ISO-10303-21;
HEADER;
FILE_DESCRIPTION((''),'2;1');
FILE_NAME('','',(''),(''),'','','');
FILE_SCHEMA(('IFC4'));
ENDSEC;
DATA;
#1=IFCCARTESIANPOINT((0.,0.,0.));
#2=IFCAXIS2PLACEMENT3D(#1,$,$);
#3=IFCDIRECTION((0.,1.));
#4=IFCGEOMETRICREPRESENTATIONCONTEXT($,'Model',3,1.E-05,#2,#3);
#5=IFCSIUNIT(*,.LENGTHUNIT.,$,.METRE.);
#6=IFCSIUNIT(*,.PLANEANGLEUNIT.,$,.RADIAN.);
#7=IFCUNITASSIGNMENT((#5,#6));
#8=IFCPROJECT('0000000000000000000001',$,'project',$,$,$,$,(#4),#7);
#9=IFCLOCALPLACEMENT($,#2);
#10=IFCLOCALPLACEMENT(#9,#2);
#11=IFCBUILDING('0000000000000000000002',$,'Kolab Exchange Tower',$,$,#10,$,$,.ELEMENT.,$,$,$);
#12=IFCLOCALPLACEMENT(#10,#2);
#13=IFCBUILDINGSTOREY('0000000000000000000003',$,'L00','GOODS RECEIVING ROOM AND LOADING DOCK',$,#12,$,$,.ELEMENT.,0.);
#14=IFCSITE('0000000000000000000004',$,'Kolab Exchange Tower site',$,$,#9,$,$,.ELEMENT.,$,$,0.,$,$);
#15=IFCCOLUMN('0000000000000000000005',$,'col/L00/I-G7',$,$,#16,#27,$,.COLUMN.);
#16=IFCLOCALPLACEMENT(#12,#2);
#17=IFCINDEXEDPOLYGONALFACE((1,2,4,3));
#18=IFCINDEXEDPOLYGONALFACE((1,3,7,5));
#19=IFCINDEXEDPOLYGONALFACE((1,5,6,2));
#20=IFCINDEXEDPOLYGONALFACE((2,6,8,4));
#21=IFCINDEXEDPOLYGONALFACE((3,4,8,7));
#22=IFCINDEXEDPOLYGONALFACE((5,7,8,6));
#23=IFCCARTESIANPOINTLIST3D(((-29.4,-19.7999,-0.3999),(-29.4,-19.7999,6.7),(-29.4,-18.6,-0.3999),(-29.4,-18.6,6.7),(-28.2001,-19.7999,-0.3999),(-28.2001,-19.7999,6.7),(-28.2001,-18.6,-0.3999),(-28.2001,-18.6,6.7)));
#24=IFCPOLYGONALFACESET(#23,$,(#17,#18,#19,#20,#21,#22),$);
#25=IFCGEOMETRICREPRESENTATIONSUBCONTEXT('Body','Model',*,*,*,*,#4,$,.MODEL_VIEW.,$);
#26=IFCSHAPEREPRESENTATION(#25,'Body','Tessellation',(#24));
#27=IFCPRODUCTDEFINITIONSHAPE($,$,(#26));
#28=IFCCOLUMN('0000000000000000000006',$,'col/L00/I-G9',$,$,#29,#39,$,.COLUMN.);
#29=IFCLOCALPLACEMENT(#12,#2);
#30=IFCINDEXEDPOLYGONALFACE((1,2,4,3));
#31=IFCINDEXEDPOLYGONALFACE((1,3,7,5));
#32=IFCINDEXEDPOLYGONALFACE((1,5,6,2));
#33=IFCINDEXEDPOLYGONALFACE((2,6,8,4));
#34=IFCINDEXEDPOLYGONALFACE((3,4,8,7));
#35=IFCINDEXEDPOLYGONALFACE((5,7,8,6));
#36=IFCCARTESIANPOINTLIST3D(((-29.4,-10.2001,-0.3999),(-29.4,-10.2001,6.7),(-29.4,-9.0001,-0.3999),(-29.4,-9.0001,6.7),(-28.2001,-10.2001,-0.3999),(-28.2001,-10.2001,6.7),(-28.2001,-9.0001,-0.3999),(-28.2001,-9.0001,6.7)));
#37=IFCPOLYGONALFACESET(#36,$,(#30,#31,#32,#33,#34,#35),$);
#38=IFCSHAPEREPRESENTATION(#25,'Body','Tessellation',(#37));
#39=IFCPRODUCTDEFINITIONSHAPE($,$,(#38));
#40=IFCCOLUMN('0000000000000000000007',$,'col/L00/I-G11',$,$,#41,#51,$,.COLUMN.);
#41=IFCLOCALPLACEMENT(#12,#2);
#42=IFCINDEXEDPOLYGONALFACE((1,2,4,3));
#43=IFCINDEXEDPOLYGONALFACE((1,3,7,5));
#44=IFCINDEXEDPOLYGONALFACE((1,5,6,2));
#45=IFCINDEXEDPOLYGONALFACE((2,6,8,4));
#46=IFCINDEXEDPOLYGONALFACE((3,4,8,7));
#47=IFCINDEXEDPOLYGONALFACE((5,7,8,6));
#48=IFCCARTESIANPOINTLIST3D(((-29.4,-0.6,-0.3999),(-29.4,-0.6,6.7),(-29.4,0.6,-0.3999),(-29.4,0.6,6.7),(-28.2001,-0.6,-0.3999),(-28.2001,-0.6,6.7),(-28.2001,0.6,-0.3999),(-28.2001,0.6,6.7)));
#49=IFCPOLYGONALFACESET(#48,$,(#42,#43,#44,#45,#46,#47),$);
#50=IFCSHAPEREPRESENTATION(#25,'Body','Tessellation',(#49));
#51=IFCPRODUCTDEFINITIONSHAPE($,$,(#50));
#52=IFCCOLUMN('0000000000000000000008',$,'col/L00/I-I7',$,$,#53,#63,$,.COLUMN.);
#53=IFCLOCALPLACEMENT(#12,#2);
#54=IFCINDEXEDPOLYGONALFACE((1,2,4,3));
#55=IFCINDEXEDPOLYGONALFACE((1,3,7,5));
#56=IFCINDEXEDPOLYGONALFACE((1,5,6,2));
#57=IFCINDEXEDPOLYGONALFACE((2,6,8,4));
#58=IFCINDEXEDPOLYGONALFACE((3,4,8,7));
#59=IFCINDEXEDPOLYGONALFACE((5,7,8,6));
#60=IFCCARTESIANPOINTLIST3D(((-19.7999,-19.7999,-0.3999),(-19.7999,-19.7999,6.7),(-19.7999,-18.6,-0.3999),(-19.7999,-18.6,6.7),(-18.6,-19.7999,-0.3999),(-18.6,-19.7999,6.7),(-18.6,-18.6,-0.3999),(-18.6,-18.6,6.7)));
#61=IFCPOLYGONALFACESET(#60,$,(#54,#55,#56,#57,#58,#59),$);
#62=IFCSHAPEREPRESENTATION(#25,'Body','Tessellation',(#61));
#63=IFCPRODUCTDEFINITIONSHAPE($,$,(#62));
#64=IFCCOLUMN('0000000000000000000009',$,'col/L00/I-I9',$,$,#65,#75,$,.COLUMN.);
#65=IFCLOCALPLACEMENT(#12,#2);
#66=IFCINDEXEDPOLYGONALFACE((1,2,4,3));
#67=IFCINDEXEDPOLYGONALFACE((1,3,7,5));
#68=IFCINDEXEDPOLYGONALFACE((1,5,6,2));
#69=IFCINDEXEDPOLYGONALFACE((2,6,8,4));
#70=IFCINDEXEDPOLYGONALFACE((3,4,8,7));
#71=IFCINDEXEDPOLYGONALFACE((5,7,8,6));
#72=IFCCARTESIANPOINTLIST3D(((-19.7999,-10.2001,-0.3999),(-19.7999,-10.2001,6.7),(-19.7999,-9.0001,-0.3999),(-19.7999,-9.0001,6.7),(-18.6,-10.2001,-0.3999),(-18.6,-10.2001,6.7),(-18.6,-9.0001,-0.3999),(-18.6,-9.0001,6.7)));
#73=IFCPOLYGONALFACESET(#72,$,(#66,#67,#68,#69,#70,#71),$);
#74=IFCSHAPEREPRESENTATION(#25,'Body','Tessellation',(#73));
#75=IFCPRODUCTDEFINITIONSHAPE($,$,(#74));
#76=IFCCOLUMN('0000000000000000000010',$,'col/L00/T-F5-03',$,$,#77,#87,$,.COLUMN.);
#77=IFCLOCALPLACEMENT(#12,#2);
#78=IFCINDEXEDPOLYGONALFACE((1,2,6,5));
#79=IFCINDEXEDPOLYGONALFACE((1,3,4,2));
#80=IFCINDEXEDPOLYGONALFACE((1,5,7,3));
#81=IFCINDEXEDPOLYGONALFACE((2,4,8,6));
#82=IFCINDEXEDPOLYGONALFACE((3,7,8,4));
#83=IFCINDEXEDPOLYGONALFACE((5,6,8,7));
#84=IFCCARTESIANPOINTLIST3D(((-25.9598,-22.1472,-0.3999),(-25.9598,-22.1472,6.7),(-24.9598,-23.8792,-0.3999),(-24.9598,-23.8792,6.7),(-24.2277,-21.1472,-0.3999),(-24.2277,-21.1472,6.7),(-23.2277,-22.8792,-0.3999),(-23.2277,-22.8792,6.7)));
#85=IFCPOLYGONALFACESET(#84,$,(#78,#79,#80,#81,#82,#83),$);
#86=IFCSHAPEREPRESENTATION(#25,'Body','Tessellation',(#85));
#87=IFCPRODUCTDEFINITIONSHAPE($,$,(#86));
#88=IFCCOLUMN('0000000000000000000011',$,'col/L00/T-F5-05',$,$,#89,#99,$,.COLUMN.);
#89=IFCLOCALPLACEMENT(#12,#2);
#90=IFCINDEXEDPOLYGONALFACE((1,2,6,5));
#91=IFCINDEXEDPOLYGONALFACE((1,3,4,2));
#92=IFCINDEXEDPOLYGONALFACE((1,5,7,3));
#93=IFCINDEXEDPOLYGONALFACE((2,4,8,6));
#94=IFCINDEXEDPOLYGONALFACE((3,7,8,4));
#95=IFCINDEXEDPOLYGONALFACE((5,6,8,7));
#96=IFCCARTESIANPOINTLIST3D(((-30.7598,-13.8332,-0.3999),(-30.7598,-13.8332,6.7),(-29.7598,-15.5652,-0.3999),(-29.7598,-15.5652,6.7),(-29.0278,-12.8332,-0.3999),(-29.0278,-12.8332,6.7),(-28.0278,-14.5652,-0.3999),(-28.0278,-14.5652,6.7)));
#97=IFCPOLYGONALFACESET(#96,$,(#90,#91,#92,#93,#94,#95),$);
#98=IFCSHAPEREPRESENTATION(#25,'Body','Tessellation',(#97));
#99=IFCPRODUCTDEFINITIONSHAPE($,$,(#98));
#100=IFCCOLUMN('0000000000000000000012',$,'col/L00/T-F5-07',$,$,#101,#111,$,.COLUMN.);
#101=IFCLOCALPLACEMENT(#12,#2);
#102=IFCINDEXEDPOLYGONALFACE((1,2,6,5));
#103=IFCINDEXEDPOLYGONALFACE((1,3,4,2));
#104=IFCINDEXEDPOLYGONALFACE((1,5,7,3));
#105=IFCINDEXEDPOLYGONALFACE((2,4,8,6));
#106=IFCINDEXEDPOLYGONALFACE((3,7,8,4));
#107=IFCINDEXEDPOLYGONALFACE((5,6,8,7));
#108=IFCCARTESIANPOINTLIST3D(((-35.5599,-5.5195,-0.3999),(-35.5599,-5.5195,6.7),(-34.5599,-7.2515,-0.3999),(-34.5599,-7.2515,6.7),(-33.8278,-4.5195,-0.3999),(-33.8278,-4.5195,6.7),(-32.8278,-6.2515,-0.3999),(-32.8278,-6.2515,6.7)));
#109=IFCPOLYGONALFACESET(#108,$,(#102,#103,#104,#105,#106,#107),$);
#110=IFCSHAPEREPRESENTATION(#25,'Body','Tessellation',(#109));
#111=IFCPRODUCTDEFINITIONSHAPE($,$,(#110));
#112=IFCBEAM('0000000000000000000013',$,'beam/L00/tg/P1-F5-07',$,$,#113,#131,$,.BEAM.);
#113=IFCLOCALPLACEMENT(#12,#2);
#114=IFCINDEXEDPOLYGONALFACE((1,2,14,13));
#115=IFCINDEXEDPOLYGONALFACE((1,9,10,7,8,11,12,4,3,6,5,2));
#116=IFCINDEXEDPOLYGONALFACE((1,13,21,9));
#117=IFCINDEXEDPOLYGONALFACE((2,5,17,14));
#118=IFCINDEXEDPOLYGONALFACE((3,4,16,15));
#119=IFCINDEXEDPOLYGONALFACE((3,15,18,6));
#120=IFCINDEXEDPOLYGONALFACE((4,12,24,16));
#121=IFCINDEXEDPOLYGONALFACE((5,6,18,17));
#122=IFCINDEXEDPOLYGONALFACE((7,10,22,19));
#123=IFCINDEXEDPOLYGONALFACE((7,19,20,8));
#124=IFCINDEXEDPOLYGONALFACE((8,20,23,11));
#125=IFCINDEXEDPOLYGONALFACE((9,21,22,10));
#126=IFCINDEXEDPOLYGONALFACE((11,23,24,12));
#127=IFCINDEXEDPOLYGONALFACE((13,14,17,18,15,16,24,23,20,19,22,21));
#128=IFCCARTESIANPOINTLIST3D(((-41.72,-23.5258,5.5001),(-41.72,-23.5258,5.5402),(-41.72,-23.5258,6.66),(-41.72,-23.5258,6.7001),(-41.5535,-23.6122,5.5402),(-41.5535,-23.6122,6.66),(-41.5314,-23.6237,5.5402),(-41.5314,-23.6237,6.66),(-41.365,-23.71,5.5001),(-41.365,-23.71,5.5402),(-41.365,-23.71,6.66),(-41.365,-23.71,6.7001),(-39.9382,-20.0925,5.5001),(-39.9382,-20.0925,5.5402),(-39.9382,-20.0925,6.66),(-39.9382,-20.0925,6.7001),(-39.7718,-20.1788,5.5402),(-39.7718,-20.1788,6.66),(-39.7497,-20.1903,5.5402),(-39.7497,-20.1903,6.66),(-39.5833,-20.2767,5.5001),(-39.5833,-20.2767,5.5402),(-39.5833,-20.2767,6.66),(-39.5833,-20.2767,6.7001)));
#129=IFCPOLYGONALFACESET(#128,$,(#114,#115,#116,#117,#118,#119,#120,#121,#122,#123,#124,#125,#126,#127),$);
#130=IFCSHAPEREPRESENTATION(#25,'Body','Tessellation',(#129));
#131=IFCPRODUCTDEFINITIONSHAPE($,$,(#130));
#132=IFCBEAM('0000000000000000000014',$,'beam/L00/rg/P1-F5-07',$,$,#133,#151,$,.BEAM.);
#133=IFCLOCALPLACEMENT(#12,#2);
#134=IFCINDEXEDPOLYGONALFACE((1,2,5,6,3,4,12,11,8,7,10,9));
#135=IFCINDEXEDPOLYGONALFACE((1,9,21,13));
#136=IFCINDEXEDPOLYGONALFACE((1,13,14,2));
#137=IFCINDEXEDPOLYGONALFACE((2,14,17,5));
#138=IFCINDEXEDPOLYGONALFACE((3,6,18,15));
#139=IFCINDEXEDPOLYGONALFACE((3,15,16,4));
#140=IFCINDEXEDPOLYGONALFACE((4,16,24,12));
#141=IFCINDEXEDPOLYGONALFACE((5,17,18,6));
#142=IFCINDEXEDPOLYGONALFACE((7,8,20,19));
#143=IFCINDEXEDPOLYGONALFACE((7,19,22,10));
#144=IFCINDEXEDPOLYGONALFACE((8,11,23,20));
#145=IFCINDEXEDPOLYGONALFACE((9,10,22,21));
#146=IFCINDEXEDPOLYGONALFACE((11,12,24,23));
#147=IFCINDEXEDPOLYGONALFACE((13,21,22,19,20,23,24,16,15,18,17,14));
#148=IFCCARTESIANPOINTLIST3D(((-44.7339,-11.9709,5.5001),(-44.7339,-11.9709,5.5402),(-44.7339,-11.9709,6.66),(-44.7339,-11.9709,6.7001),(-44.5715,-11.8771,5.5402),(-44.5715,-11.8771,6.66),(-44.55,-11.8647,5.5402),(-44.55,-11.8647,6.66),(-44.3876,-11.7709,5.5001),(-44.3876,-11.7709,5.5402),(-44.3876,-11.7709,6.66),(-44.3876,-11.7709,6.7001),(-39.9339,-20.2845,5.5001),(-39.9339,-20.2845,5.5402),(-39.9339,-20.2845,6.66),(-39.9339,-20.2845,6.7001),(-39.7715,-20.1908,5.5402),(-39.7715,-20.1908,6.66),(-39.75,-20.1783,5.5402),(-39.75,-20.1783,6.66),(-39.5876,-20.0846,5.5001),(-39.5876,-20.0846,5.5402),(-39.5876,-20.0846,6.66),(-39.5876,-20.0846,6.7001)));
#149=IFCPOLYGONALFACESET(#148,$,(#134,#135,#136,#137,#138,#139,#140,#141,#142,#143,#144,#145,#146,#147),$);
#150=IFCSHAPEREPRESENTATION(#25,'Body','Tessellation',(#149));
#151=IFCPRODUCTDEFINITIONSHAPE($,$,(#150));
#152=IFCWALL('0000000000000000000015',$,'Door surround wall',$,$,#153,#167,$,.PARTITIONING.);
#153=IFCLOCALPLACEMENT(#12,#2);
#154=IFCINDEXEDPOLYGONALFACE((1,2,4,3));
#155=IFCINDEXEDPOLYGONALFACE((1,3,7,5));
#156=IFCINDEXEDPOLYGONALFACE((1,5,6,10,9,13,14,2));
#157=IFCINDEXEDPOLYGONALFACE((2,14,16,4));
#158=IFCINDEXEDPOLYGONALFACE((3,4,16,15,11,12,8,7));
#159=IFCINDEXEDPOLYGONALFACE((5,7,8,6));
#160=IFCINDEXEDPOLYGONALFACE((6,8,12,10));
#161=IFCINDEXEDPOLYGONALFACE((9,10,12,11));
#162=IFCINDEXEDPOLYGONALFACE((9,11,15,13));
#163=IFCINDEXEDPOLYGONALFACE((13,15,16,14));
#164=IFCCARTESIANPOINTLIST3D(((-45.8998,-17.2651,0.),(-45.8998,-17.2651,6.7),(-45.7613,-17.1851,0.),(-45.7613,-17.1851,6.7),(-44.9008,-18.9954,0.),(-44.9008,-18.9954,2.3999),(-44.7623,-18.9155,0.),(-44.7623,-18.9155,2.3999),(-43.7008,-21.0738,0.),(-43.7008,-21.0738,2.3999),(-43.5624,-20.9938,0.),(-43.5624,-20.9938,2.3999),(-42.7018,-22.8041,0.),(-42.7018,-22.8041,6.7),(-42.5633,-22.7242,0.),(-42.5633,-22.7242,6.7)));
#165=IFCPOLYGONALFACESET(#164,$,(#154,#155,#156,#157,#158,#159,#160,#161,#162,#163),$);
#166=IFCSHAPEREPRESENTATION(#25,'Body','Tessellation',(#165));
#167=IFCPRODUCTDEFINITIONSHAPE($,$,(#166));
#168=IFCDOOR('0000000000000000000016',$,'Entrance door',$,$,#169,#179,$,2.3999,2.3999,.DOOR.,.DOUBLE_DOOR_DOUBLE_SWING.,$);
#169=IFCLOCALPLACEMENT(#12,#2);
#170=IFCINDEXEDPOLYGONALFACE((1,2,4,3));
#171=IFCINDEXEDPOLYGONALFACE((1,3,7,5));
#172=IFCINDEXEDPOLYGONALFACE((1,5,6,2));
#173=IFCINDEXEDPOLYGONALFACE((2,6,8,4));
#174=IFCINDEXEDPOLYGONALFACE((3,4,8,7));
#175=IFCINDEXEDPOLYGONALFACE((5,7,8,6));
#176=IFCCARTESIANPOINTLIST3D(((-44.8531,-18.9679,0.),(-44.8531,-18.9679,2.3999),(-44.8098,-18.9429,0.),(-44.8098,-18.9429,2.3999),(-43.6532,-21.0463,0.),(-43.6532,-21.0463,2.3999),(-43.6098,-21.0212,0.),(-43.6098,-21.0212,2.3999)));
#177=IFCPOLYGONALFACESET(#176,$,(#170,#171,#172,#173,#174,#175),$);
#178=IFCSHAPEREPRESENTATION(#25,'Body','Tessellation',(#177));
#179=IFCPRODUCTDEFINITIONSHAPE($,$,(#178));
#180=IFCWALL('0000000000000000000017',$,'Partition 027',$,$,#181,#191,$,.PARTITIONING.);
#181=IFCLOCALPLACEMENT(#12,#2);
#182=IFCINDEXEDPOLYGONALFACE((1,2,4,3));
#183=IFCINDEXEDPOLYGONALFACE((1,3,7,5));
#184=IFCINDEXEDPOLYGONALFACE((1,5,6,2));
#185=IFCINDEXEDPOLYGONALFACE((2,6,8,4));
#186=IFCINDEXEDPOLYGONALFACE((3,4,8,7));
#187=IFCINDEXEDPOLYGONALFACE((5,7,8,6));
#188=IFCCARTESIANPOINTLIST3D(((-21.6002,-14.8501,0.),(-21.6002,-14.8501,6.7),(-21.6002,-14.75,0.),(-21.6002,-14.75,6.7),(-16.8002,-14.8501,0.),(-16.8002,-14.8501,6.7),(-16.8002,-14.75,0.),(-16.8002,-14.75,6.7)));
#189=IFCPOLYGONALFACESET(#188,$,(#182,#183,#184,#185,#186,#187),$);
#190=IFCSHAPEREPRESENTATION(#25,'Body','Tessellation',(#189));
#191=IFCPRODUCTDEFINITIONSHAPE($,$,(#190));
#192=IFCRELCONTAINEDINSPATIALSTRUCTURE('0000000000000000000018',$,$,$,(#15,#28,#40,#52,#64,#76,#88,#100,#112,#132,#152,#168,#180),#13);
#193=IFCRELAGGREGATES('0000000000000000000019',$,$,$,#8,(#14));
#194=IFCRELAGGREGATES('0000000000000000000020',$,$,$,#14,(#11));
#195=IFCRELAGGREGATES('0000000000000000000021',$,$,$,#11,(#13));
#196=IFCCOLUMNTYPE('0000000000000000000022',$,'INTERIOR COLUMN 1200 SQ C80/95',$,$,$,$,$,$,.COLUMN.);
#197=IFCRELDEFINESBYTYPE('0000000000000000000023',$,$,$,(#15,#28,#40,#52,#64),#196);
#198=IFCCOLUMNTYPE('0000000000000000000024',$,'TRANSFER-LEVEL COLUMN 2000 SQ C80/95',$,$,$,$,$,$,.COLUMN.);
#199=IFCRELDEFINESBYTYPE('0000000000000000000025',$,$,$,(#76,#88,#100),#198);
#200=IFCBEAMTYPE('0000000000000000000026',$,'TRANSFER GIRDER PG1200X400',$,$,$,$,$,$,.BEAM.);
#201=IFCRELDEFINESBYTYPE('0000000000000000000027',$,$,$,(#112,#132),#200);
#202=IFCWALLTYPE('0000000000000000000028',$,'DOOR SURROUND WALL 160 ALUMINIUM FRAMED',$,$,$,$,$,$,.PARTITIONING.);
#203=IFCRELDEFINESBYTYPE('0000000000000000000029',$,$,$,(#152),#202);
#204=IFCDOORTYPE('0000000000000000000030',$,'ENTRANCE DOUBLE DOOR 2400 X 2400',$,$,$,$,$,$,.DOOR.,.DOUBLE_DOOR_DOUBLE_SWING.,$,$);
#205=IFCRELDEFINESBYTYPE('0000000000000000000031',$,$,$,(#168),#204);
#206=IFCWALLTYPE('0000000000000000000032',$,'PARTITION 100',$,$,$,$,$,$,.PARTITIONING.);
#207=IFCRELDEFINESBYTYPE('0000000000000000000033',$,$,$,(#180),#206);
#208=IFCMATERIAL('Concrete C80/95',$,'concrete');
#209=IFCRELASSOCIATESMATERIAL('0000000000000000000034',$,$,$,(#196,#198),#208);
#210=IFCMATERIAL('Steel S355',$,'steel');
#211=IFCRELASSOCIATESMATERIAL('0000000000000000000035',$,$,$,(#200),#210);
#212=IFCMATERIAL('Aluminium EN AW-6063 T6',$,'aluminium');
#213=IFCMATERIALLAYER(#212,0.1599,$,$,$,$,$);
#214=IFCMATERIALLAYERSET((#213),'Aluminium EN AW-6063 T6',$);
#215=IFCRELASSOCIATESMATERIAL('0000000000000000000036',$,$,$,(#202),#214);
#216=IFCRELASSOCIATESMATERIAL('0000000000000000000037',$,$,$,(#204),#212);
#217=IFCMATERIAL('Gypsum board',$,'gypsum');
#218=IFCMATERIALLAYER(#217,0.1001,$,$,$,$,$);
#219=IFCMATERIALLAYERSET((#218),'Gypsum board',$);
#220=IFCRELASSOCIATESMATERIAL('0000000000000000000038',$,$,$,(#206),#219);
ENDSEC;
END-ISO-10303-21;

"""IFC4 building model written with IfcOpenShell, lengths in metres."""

from ifc_helpers import new_model, si_unit, direction, frame, frame_2d, origin, origin_2d, place, context, subcontext, project, spatial, rectangle, i_section, extrude, material, layer, layer_set, material_profile, profile_set, type_object, element, fill, save


model = new_model("IFC4")

# Units and contexts
model_context = context("Model", 3, precision=1e-05, world=origin(), true_north=direction((0.0, 1.0)))
body_context = subcontext(model_context, "Body", "Model", "MODEL_VIEW")
ifc_project = project(units=[si_unit("LENGTHUNIT", "METRE"), si_unit("PLANEANGLEUNIT", "RADIAN")], contexts=[model_context])

# Site, building, storey
site_placement = place(None, origin())
site = spatial("IfcSite", under=ifc_project, at=site_placement, Name="Kolab Exchange Tower site", CompositionType="ELEMENT", RefElevation=0.0)
building_placement = place(site_placement, origin())
building = spatial("IfcBuilding", under=site, at=building_placement, Name="Kolab Exchange Tower", CompositionType="ELEMENT")
storey_placement = place(building_placement, origin())
storey = spatial("IfcBuildingStorey", under=building, at=storey_placement, Name="L00", Description="GOODS RECEIVING ROOM AND LOADING DOCK", CompositionType="ELEMENT", Elevation=0.0)

# Columns
ifc_material_1 = material(Name="Concrete C80/95", Category="concrete")
ifc_material_profile_1 = material_profile(ifc_material_1, rectangle(XDim=1.2, YDim=1.2, at=origin_2d()), Name="RC1200")
ifc_profile_set_1 = profile_set([ifc_material_profile_1], Name="Concrete C80/95")
column_type_1 = type_object("IfcColumnType", Name="INTERIOR COLUMN 1200 SQ C80/95", PredefinedType="COLUMN", material=ifc_profile_set_1)
for number, where, z_axis, x_axis, name in (
    (1, (-28.8, -19.2, -0.3999), (0.0, 0.0, 1.0), (1.0, 0.0, 0.0), "col/L00/I-G7"),
    (2, (-28.8, -9.6001, -0.3999), (0.0, 0.0, 1.0), (1.0, 0.0, 0.0), "col/L00/I-G9"),
    (3, (-28.8, 0.0, -0.3999), (0.0, 0.0, 1.0), (1.0, 0.0, 0.0), "col/L00/I-G11"),
    (4, (-19.2, -19.2, -0.3999), (0.0, 0.0, 1.0), (1.0, 0.0, 0.0), "col/L00/I-I7"),
    (5, (-19.2, -9.6001, -0.3999), (0.0, 0.0, 1.0), (1.0, 0.0, 0.0), "col/L00/I-I9"),
):
    element("IfcColumn", number, at=place(storey_placement, frame(where, z_axis=z_axis, x_axis=x_axis)), inside=storey, type_object=column_type_1, Name=name, PredefinedType="COLUMN", context=body_context, shape_type="SweptSolid", body=[
        extrude(rectangle(XDim=1.2, YDim=1.2, at=origin_2d()), origin(), (0.0, 0.0, 1.0), 7.0999),
    ])
ifc_material_profile_2 = material_profile(ifc_material_1, rectangle(XDim=2.0, YDim=2.0, at=origin_2d()), Name="RC2000")
ifc_profile_set_2 = profile_set([ifc_material_profile_2], Name="Concrete C80/95")
column_type_2 = type_object("IfcColumnType", Name="TRANSFER-LEVEL COLUMN 2000 SQ C80/95", PredefinedType="COLUMN", material=ifc_profile_set_2)
for number, where, z_axis, x_axis, name in (
    (6, (-24.5938, -22.5132, -0.3999), (0.0, 0.0, 1.0), (0.866025, 0.5, 0.0), "col/L00/T-F5-03"),
    (7, (-29.3938, -14.1992, -0.3999), (0.0, 0.0, 1.0), (0.866025, 0.5, 0.0), "col/L00/T-F5-05"),
    (8, (-34.1938, -5.8855, -0.3999), (0.0, 0.0, 1.0), (0.866025, 0.5, 0.0), "col/L00/T-F5-07"),
):
    element("IfcColumn", number, at=place(storey_placement, frame(where, z_axis=z_axis, x_axis=x_axis)), inside=storey, type_object=column_type_2, Name=name, PredefinedType="COLUMN", context=body_context, shape_type="SweptSolid", body=[
        extrude(rectangle(XDim=2.0, YDim=2.0, at=origin_2d()), origin(), (0.0, 0.0, 1.0), 7.0999),
    ])

# Beams
ifc_material_2 = material(Name="Steel S355", Category="steel")
ifc_material_profile_3 = material_profile(ifc_material_2, i_section(OverallWidth=0.3999, OverallDepth=1.2, WebThickness=0.0249, FlangeThickness=0.04, at=origin_2d()), Name="PG1200X400")
ifc_profile_set_3 = profile_set([ifc_material_profile_3], Name="Steel S355")
beam_type = type_object("IfcBeamType", Name="TRANSFER GIRDER PG1200X400", PredefinedType="BEAM", material=ifc_profile_set_3)
beam_1_placement = place(storey_placement, frame((-39.7607, -20.1846, 6.1001), z_axis=(-0.460619, -0.887598, 0.0), x_axis=(0.887598, -0.460619, 0.0)))
element("IfcBeam", 9, at=beam_1_placement, inside=storey, type_object=beam_type, Name="beam/L00/tg/P1-F5-07", PredefinedType="BEAM", context=body_context, shape_type="SweptSolid", body=[
    extrude(i_section(OverallWidth=0.3999, OverallDepth=1.2, WebThickness=0.0249, FlangeThickness=0.04, at=origin_2d()), origin(), (0.0, 0.0, 1.0), 3.8682),
])
beam_2_placement = place(storey_placement, frame((-39.7607, -20.1846, 6.1001), z_axis=(-0.500009, 0.86602, 0.0), x_axis=(-0.86602, -0.500009, 0.0)))
element("IfcBeam", 10, at=beam_2_placement, inside=storey, type_object=beam_type, Name="beam/L00/rg/P1-F5-07", PredefinedType="BEAM", context=body_context, shape_type="SweptSolid", body=[
    extrude(i_section(OverallWidth=0.3999, OverallDepth=1.2, WebThickness=0.0249, FlangeThickness=0.04, at=origin_2d()), origin(), (0.0, 0.0, 1.0), 9.5999),
])

# Wall, opening, door
ifc_material_3 = material(Name="Aluminium EN AW-6063 T6", Category="aluminium")
ifc_layer_1 = layer(ifc_material_3, 0.1599)
ifc_layer_set_1 = layer_set([ifc_layer_1], Name="Aluminium EN AW-6063 T6")
wall_type_1 = type_object("IfcWallType", Name="DOOR SURROUND WALL 160 ALUMINIUM FRAMED", PredefinedType="PARTITIONING", material=ifc_layer_set_1)
wall_1_placement = place(storey_placement, frame((-42.6326, -22.7642, 0.0), z_axis=(0.0, 0.0, 1.0), x_axis=(-0.500002, 0.866024, 0.0)))
wall_1 = element("IfcWall", 11, at=wall_1_placement, inside=storey, type_object=wall_type_1, Name="Door surround wall", PredefinedType="PARTITIONING", context=body_context, shape_type="SweptSolid", body=[
    extrude(rectangle(XDim=6.396, YDim=0.1599, at=frame_2d((3.198, 0.0))), origin(), (0.0, 0.0, 1.0), 6.7),
])
opening_placement = place(wall_1_placement, frame((1.998, 0.0, 0.0)))
opening = element("IfcOpeningElement", 12, at=opening_placement, cuts=wall_1, PredefinedType="OPENING", context=body_context, shape_type="SweptSolid", body=[
    extrude(rectangle(XDim=2.3999, YDim=2.3999, at=frame_2d((1.2, 1.2))), frame((0.0, 0.0898, 0.0), z_axis=(0.0, -1.0, 0.0), x_axis=(1.0, 0.0, 0.0)), (0.0, 0.0, 1.0), 0.1799),
])
door_type = type_object("IfcDoorType", Name="ENTRANCE DOUBLE DOOR 2400 X 2400", OperationType="DOUBLE_DOOR_DOUBLE_SWING", PredefinedType="DOOR", material=ifc_material_3)
door_placement = place(opening_placement, origin())
door = element("IfcDoor", 13, at=door_placement, inside=storey, type_object=door_type, Name="Entrance door", OperationType="DOUBLE_DOOR_DOUBLE_SWING", OverallHeight=2.3999, OverallWidth=2.3999, PredefinedType="DOOR", context=body_context, shape_type="SweptSolid", body=[
    extrude(rectangle(XDim=2.3999, YDim=2.3999, at=frame_2d((1.2, 1.2))), frame((0.0, 0.0249, 0.0), z_axis=(0.0, -1.0, 0.0), x_axis=(1.0, 0.0, 0.0)), (0.0, 0.0, 1.0), 0.05),
])
fill(opening, door)

# Wall
ifc_material_4 = material(Name="Gypsum board", Category="gypsum")
ifc_layer_2 = layer(ifc_material_4, 0.1001)
ifc_layer_set_2 = layer_set([ifc_layer_2], Name="Gypsum board")
wall_type_2 = type_object("IfcWallType", Name="PARTITION 100", PredefinedType="PARTITIONING", material=ifc_layer_set_2)
wall_2_placement = place(storey_placement, frame((-21.6001, -14.8, 0.0), z_axis=(0.0, 0.0, 1.0), x_axis=(1.0, 0.0, 0.0)))
element("IfcWall", 14, at=wall_2_placement, inside=storey, type_object=wall_type_2, Name="Partition 027", PredefinedType="PARTITIONING", context=body_context, shape_type="SweptSolid", body=[
    extrude(rectangle(XDim=4.8, YDim=0.1001, at=frame_2d((2.3999, 0.0))), origin(), (0.0, 0.0, 1.0), 6.7),
])

save(model, "model.ifc")
